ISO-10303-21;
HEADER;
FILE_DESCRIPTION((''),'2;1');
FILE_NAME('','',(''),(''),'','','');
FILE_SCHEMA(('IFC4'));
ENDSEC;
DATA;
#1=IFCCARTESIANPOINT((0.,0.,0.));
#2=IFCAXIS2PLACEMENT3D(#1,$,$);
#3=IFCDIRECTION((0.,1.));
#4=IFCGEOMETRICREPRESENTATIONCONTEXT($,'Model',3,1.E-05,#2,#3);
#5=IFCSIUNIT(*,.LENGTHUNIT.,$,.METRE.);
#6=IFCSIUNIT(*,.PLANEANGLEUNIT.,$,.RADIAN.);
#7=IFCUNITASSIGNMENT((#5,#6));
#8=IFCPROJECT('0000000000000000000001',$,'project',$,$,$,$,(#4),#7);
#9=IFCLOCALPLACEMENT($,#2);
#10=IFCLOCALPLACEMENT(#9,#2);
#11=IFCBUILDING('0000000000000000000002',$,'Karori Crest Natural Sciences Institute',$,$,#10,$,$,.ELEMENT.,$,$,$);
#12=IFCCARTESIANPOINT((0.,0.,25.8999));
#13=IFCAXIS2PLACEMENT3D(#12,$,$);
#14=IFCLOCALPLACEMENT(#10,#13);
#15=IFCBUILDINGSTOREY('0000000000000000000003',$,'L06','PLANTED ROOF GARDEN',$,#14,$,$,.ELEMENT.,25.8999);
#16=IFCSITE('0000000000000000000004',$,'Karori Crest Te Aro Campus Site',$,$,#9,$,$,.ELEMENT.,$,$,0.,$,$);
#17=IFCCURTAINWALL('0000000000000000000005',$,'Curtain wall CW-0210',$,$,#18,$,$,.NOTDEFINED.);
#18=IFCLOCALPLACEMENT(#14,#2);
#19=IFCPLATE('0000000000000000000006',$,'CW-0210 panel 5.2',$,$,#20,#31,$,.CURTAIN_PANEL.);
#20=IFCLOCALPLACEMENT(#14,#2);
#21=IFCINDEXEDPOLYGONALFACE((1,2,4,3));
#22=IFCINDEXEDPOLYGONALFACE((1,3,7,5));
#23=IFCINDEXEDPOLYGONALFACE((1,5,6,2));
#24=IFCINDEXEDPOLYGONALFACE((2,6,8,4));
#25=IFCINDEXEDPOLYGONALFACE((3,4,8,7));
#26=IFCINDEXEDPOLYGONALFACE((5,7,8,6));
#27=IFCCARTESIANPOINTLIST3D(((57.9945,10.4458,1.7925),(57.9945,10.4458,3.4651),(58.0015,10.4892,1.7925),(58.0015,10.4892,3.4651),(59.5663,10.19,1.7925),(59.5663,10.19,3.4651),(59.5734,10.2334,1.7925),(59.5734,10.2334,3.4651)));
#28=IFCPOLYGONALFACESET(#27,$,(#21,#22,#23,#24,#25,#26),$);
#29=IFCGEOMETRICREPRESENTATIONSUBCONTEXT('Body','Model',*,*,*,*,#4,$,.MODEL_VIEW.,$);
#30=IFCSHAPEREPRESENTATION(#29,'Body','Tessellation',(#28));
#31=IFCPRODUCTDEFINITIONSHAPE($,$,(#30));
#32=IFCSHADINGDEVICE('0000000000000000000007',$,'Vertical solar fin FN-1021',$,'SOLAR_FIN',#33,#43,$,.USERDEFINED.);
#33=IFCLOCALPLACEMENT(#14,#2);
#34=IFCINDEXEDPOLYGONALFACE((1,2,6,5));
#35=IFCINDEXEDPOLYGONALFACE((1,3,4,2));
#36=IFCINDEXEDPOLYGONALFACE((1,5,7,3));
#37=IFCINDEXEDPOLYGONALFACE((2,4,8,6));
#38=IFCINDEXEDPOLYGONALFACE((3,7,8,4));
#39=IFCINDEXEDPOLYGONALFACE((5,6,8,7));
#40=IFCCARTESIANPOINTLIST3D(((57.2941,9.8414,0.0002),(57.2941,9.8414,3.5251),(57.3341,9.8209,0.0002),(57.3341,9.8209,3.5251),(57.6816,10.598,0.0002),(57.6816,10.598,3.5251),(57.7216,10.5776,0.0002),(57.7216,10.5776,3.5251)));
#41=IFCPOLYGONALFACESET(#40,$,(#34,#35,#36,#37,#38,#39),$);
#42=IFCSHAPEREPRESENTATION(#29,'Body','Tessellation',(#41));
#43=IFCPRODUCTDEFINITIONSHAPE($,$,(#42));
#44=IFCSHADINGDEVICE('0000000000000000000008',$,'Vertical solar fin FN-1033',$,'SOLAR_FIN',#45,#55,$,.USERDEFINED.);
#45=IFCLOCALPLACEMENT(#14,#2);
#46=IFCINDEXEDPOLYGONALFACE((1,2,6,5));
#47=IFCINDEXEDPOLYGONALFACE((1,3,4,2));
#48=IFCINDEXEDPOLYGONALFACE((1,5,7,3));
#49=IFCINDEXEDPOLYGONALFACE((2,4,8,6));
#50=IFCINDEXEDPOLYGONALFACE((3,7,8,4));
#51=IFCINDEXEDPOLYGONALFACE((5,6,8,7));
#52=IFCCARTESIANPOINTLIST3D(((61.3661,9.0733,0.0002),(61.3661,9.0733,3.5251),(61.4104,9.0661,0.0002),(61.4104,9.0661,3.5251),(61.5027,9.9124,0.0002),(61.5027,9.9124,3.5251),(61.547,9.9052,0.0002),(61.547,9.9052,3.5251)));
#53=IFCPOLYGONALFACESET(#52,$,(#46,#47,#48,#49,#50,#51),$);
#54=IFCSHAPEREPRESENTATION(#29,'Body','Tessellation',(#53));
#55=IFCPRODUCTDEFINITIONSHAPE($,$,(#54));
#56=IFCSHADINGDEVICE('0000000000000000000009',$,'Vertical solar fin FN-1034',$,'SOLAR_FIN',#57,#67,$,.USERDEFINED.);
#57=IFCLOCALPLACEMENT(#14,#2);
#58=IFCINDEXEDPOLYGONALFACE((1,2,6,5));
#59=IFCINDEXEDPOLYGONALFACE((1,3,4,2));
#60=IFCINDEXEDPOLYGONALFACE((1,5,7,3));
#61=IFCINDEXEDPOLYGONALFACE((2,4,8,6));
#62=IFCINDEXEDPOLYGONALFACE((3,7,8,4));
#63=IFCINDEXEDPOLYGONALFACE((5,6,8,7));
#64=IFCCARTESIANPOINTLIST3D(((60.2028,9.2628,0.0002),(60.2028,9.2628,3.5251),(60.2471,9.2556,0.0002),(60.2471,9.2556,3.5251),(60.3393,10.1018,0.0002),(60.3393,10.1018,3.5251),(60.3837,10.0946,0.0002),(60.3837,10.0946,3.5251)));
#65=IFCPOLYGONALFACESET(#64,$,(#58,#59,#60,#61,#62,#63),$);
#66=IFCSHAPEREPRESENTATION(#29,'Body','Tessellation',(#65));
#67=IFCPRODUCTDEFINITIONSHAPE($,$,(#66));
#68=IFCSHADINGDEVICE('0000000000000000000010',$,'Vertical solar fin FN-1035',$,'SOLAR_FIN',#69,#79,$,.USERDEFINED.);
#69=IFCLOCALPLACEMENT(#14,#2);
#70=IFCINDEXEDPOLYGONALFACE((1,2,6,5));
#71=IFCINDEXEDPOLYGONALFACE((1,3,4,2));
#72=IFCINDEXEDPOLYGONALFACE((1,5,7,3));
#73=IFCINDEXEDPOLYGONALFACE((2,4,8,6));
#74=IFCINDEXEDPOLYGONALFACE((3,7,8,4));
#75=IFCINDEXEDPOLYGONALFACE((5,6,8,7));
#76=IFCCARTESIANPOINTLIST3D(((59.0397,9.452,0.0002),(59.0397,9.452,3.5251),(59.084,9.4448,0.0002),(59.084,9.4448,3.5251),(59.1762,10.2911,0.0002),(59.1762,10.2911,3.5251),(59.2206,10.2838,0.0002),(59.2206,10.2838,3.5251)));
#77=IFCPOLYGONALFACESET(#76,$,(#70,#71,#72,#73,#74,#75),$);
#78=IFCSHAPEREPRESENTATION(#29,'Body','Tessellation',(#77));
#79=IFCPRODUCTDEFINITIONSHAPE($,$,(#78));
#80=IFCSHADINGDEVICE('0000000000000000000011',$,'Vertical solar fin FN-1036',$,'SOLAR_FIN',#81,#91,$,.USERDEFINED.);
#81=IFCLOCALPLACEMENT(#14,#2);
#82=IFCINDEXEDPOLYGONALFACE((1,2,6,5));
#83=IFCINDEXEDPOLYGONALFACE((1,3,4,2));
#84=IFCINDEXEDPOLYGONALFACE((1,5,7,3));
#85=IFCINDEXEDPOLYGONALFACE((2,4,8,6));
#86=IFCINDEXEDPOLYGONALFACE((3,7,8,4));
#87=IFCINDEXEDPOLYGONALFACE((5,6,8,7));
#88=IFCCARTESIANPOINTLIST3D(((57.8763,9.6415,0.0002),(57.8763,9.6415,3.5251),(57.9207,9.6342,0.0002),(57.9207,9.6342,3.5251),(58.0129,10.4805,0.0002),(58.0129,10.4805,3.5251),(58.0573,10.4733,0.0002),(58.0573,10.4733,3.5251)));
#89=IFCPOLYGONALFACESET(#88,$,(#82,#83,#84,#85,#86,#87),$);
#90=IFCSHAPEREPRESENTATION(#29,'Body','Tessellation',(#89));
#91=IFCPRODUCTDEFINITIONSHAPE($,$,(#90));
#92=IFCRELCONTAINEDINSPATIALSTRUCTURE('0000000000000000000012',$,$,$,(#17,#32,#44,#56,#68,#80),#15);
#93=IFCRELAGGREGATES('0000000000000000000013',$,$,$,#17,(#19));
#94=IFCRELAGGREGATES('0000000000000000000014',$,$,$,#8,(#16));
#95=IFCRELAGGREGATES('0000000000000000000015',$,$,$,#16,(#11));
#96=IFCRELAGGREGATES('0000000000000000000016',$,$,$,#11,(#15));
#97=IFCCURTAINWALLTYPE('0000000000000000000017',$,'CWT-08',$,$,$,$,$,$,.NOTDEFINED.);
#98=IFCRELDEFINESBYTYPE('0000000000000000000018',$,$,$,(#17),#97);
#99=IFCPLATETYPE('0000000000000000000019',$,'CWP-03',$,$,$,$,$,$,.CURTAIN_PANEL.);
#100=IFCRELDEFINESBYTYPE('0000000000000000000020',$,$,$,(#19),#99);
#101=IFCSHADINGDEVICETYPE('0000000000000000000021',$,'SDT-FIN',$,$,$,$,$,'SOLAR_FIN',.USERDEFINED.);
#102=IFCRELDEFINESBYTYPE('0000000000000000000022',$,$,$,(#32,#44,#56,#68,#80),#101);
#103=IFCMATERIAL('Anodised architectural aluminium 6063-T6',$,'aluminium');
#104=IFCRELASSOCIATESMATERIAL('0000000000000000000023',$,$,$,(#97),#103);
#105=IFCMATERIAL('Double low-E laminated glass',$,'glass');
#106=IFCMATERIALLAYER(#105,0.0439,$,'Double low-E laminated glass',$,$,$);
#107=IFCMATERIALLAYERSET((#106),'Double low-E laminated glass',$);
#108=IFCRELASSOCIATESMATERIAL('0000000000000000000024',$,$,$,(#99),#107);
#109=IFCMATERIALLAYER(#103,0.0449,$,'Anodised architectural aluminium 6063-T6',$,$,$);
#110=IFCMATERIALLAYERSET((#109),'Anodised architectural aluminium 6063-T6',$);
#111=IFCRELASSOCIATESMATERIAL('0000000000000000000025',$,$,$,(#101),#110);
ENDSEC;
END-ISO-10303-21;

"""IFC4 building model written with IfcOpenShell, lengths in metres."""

from ifc_helpers import new_model, si_unit, direction, frame, origin, origin_2d, place, context, subcontext, project, spatial, rectangle, extrude, material, layer, layer_set, type_object, element, aggregate, save


model = new_model("IFC4")

# Units and contexts
model_context = context("Model", 3, precision=1e-05, world=origin(), true_north=direction((0.0, 1.0)))
body_context = subcontext(model_context, "Body", "Model", "MODEL_VIEW")
ifc_project = project(units=[si_unit("LENGTHUNIT", "METRE"), si_unit("PLANEANGLEUNIT", "RADIAN")], contexts=[model_context])

# Site, building, storey
site_placement = place(None, origin())
site = spatial("IfcSite", under=ifc_project, at=site_placement, Name="Karori Crest Te Aro Campus Site", CompositionType="ELEMENT", RefElevation=0.0)
building_placement = place(site_placement, origin())
building = spatial("IfcBuilding", under=site, at=building_placement, Name="Karori Crest Natural Sciences Institute", CompositionType="ELEMENT")
storey_placement = place(building_placement, frame((0.0, 0.0, 25.8999)))
storey = spatial("IfcBuildingStorey", under=building, at=storey_placement, Name="L06", Description="PLANTED ROOF GARDEN", CompositionType="ELEMENT", Elevation=25.8999)

# Shared definitions
ifc_material_1 = material(Name="Anodised architectural aluminium 6063-T6", Category="aluminium")

# Curtain wall
curtain_wall_type_1 = type_object("IfcCurtainWallType", Name="CWT-08", PredefinedType="NOTDEFINED", material=ifc_material_1)
curtain_wall_1_placement = place(storey_placement, origin())
curtain_wall_1 = element("IfcCurtainWall", 1, at=curtain_wall_1_placement, inside=storey, type_object=curtain_wall_type_1, Name="Curtain wall CW-0210", PredefinedType="NOTDEFINED")

# Plate
ifc_material_2 = material(Name="Double low-E laminated glass", Category="glass")
ifc_layer_1 = layer(ifc_material_2, 0.0439, Name="Double low-E laminated glass")
ifc_layer_set_1 = layer_set([ifc_layer_1], Name="Double low-E laminated glass")
plate_type = type_object("IfcPlateType", Name="CWP-03", PredefinedType="CURTAIN_PANEL", material=ifc_layer_set_1)
plate_1_placement = place(storey_placement, frame((58.7839, 10.3396, 1.7925), z_axis=(0.0, 0.0, 1.0), x_axis=(-0.987011, 0.160655, 0.0)))
plate_1 = element("IfcPlate", 2, at=plate_1_placement, type_object=plate_type, Name="CW-0210 panel 5.2", PredefinedType="CURTAIN_PANEL", context=body_context, shape_type="SweptSolid", body=[
    extrude(rectangle(XDim=1.5925, YDim=0.0439, at=origin_2d()), origin(), (0.0, 0.0, 1.0), 1.6726),
])
aggregate(curtain_wall_1, [plate_1])

# Shading devices
ifc_layer_2 = layer(ifc_material_1, 0.0449, Name="Anodised architectural aluminium 6063-T6")
ifc_layer_set_2 = layer_set([ifc_layer_2], Name="Anodised architectural aluminium 6063-T6")
shading_device_type = type_object("IfcShadingDeviceType", Name="SDT-FIN", ElementType="SOLAR_FIN", PredefinedType="USERDEFINED", material=ifc_layer_set_2)
for number, where, z_axis, x_axis, name in (
    (3, (57.5078, 10.2095, 0.0002), (0.0, 0.0, 1.0), (-0.455829, -0.890067, 0.0), "Vertical solar fin FN-1021"),
    (4, (61.4565, 9.4893, 0.0002), (0.0, 0.0, 1.0), (-0.160655, -0.987011, 0.0), "Vertical solar fin FN-1033"),
    (5, (60.2932, 9.6787, 0.0002), (0.0, 0.0, 1.0), (-0.160655, -0.987011, 0.0), "Vertical solar fin FN-1034"),
    (6, (59.1301, 9.8679, 0.0002), (0.0, 0.0, 1.0), (-0.160655, -0.987011, 0.0), "Vertical solar fin FN-1035"),
    (7, (57.9668, 10.0574, 0.0002), (0.0, 0.0, 1.0), (-0.160655, -0.987011, 0.0), "Vertical solar fin FN-1036"),
):
    element("IfcShadingDevice", number, at=place(storey_placement, frame(where, z_axis=z_axis, x_axis=x_axis)), inside=storey, type_object=shading_device_type, Name=name, ObjectType="SOLAR_FIN", PredefinedType="USERDEFINED", context=body_context, shape_type="SweptSolid", body=[
        extrude(rectangle(XDim=0.8501, YDim=0.0449, at=origin_2d()), origin(), (0.0, 0.0, 1.0), 3.5249),
    ])

save(model, "model.ifc")
